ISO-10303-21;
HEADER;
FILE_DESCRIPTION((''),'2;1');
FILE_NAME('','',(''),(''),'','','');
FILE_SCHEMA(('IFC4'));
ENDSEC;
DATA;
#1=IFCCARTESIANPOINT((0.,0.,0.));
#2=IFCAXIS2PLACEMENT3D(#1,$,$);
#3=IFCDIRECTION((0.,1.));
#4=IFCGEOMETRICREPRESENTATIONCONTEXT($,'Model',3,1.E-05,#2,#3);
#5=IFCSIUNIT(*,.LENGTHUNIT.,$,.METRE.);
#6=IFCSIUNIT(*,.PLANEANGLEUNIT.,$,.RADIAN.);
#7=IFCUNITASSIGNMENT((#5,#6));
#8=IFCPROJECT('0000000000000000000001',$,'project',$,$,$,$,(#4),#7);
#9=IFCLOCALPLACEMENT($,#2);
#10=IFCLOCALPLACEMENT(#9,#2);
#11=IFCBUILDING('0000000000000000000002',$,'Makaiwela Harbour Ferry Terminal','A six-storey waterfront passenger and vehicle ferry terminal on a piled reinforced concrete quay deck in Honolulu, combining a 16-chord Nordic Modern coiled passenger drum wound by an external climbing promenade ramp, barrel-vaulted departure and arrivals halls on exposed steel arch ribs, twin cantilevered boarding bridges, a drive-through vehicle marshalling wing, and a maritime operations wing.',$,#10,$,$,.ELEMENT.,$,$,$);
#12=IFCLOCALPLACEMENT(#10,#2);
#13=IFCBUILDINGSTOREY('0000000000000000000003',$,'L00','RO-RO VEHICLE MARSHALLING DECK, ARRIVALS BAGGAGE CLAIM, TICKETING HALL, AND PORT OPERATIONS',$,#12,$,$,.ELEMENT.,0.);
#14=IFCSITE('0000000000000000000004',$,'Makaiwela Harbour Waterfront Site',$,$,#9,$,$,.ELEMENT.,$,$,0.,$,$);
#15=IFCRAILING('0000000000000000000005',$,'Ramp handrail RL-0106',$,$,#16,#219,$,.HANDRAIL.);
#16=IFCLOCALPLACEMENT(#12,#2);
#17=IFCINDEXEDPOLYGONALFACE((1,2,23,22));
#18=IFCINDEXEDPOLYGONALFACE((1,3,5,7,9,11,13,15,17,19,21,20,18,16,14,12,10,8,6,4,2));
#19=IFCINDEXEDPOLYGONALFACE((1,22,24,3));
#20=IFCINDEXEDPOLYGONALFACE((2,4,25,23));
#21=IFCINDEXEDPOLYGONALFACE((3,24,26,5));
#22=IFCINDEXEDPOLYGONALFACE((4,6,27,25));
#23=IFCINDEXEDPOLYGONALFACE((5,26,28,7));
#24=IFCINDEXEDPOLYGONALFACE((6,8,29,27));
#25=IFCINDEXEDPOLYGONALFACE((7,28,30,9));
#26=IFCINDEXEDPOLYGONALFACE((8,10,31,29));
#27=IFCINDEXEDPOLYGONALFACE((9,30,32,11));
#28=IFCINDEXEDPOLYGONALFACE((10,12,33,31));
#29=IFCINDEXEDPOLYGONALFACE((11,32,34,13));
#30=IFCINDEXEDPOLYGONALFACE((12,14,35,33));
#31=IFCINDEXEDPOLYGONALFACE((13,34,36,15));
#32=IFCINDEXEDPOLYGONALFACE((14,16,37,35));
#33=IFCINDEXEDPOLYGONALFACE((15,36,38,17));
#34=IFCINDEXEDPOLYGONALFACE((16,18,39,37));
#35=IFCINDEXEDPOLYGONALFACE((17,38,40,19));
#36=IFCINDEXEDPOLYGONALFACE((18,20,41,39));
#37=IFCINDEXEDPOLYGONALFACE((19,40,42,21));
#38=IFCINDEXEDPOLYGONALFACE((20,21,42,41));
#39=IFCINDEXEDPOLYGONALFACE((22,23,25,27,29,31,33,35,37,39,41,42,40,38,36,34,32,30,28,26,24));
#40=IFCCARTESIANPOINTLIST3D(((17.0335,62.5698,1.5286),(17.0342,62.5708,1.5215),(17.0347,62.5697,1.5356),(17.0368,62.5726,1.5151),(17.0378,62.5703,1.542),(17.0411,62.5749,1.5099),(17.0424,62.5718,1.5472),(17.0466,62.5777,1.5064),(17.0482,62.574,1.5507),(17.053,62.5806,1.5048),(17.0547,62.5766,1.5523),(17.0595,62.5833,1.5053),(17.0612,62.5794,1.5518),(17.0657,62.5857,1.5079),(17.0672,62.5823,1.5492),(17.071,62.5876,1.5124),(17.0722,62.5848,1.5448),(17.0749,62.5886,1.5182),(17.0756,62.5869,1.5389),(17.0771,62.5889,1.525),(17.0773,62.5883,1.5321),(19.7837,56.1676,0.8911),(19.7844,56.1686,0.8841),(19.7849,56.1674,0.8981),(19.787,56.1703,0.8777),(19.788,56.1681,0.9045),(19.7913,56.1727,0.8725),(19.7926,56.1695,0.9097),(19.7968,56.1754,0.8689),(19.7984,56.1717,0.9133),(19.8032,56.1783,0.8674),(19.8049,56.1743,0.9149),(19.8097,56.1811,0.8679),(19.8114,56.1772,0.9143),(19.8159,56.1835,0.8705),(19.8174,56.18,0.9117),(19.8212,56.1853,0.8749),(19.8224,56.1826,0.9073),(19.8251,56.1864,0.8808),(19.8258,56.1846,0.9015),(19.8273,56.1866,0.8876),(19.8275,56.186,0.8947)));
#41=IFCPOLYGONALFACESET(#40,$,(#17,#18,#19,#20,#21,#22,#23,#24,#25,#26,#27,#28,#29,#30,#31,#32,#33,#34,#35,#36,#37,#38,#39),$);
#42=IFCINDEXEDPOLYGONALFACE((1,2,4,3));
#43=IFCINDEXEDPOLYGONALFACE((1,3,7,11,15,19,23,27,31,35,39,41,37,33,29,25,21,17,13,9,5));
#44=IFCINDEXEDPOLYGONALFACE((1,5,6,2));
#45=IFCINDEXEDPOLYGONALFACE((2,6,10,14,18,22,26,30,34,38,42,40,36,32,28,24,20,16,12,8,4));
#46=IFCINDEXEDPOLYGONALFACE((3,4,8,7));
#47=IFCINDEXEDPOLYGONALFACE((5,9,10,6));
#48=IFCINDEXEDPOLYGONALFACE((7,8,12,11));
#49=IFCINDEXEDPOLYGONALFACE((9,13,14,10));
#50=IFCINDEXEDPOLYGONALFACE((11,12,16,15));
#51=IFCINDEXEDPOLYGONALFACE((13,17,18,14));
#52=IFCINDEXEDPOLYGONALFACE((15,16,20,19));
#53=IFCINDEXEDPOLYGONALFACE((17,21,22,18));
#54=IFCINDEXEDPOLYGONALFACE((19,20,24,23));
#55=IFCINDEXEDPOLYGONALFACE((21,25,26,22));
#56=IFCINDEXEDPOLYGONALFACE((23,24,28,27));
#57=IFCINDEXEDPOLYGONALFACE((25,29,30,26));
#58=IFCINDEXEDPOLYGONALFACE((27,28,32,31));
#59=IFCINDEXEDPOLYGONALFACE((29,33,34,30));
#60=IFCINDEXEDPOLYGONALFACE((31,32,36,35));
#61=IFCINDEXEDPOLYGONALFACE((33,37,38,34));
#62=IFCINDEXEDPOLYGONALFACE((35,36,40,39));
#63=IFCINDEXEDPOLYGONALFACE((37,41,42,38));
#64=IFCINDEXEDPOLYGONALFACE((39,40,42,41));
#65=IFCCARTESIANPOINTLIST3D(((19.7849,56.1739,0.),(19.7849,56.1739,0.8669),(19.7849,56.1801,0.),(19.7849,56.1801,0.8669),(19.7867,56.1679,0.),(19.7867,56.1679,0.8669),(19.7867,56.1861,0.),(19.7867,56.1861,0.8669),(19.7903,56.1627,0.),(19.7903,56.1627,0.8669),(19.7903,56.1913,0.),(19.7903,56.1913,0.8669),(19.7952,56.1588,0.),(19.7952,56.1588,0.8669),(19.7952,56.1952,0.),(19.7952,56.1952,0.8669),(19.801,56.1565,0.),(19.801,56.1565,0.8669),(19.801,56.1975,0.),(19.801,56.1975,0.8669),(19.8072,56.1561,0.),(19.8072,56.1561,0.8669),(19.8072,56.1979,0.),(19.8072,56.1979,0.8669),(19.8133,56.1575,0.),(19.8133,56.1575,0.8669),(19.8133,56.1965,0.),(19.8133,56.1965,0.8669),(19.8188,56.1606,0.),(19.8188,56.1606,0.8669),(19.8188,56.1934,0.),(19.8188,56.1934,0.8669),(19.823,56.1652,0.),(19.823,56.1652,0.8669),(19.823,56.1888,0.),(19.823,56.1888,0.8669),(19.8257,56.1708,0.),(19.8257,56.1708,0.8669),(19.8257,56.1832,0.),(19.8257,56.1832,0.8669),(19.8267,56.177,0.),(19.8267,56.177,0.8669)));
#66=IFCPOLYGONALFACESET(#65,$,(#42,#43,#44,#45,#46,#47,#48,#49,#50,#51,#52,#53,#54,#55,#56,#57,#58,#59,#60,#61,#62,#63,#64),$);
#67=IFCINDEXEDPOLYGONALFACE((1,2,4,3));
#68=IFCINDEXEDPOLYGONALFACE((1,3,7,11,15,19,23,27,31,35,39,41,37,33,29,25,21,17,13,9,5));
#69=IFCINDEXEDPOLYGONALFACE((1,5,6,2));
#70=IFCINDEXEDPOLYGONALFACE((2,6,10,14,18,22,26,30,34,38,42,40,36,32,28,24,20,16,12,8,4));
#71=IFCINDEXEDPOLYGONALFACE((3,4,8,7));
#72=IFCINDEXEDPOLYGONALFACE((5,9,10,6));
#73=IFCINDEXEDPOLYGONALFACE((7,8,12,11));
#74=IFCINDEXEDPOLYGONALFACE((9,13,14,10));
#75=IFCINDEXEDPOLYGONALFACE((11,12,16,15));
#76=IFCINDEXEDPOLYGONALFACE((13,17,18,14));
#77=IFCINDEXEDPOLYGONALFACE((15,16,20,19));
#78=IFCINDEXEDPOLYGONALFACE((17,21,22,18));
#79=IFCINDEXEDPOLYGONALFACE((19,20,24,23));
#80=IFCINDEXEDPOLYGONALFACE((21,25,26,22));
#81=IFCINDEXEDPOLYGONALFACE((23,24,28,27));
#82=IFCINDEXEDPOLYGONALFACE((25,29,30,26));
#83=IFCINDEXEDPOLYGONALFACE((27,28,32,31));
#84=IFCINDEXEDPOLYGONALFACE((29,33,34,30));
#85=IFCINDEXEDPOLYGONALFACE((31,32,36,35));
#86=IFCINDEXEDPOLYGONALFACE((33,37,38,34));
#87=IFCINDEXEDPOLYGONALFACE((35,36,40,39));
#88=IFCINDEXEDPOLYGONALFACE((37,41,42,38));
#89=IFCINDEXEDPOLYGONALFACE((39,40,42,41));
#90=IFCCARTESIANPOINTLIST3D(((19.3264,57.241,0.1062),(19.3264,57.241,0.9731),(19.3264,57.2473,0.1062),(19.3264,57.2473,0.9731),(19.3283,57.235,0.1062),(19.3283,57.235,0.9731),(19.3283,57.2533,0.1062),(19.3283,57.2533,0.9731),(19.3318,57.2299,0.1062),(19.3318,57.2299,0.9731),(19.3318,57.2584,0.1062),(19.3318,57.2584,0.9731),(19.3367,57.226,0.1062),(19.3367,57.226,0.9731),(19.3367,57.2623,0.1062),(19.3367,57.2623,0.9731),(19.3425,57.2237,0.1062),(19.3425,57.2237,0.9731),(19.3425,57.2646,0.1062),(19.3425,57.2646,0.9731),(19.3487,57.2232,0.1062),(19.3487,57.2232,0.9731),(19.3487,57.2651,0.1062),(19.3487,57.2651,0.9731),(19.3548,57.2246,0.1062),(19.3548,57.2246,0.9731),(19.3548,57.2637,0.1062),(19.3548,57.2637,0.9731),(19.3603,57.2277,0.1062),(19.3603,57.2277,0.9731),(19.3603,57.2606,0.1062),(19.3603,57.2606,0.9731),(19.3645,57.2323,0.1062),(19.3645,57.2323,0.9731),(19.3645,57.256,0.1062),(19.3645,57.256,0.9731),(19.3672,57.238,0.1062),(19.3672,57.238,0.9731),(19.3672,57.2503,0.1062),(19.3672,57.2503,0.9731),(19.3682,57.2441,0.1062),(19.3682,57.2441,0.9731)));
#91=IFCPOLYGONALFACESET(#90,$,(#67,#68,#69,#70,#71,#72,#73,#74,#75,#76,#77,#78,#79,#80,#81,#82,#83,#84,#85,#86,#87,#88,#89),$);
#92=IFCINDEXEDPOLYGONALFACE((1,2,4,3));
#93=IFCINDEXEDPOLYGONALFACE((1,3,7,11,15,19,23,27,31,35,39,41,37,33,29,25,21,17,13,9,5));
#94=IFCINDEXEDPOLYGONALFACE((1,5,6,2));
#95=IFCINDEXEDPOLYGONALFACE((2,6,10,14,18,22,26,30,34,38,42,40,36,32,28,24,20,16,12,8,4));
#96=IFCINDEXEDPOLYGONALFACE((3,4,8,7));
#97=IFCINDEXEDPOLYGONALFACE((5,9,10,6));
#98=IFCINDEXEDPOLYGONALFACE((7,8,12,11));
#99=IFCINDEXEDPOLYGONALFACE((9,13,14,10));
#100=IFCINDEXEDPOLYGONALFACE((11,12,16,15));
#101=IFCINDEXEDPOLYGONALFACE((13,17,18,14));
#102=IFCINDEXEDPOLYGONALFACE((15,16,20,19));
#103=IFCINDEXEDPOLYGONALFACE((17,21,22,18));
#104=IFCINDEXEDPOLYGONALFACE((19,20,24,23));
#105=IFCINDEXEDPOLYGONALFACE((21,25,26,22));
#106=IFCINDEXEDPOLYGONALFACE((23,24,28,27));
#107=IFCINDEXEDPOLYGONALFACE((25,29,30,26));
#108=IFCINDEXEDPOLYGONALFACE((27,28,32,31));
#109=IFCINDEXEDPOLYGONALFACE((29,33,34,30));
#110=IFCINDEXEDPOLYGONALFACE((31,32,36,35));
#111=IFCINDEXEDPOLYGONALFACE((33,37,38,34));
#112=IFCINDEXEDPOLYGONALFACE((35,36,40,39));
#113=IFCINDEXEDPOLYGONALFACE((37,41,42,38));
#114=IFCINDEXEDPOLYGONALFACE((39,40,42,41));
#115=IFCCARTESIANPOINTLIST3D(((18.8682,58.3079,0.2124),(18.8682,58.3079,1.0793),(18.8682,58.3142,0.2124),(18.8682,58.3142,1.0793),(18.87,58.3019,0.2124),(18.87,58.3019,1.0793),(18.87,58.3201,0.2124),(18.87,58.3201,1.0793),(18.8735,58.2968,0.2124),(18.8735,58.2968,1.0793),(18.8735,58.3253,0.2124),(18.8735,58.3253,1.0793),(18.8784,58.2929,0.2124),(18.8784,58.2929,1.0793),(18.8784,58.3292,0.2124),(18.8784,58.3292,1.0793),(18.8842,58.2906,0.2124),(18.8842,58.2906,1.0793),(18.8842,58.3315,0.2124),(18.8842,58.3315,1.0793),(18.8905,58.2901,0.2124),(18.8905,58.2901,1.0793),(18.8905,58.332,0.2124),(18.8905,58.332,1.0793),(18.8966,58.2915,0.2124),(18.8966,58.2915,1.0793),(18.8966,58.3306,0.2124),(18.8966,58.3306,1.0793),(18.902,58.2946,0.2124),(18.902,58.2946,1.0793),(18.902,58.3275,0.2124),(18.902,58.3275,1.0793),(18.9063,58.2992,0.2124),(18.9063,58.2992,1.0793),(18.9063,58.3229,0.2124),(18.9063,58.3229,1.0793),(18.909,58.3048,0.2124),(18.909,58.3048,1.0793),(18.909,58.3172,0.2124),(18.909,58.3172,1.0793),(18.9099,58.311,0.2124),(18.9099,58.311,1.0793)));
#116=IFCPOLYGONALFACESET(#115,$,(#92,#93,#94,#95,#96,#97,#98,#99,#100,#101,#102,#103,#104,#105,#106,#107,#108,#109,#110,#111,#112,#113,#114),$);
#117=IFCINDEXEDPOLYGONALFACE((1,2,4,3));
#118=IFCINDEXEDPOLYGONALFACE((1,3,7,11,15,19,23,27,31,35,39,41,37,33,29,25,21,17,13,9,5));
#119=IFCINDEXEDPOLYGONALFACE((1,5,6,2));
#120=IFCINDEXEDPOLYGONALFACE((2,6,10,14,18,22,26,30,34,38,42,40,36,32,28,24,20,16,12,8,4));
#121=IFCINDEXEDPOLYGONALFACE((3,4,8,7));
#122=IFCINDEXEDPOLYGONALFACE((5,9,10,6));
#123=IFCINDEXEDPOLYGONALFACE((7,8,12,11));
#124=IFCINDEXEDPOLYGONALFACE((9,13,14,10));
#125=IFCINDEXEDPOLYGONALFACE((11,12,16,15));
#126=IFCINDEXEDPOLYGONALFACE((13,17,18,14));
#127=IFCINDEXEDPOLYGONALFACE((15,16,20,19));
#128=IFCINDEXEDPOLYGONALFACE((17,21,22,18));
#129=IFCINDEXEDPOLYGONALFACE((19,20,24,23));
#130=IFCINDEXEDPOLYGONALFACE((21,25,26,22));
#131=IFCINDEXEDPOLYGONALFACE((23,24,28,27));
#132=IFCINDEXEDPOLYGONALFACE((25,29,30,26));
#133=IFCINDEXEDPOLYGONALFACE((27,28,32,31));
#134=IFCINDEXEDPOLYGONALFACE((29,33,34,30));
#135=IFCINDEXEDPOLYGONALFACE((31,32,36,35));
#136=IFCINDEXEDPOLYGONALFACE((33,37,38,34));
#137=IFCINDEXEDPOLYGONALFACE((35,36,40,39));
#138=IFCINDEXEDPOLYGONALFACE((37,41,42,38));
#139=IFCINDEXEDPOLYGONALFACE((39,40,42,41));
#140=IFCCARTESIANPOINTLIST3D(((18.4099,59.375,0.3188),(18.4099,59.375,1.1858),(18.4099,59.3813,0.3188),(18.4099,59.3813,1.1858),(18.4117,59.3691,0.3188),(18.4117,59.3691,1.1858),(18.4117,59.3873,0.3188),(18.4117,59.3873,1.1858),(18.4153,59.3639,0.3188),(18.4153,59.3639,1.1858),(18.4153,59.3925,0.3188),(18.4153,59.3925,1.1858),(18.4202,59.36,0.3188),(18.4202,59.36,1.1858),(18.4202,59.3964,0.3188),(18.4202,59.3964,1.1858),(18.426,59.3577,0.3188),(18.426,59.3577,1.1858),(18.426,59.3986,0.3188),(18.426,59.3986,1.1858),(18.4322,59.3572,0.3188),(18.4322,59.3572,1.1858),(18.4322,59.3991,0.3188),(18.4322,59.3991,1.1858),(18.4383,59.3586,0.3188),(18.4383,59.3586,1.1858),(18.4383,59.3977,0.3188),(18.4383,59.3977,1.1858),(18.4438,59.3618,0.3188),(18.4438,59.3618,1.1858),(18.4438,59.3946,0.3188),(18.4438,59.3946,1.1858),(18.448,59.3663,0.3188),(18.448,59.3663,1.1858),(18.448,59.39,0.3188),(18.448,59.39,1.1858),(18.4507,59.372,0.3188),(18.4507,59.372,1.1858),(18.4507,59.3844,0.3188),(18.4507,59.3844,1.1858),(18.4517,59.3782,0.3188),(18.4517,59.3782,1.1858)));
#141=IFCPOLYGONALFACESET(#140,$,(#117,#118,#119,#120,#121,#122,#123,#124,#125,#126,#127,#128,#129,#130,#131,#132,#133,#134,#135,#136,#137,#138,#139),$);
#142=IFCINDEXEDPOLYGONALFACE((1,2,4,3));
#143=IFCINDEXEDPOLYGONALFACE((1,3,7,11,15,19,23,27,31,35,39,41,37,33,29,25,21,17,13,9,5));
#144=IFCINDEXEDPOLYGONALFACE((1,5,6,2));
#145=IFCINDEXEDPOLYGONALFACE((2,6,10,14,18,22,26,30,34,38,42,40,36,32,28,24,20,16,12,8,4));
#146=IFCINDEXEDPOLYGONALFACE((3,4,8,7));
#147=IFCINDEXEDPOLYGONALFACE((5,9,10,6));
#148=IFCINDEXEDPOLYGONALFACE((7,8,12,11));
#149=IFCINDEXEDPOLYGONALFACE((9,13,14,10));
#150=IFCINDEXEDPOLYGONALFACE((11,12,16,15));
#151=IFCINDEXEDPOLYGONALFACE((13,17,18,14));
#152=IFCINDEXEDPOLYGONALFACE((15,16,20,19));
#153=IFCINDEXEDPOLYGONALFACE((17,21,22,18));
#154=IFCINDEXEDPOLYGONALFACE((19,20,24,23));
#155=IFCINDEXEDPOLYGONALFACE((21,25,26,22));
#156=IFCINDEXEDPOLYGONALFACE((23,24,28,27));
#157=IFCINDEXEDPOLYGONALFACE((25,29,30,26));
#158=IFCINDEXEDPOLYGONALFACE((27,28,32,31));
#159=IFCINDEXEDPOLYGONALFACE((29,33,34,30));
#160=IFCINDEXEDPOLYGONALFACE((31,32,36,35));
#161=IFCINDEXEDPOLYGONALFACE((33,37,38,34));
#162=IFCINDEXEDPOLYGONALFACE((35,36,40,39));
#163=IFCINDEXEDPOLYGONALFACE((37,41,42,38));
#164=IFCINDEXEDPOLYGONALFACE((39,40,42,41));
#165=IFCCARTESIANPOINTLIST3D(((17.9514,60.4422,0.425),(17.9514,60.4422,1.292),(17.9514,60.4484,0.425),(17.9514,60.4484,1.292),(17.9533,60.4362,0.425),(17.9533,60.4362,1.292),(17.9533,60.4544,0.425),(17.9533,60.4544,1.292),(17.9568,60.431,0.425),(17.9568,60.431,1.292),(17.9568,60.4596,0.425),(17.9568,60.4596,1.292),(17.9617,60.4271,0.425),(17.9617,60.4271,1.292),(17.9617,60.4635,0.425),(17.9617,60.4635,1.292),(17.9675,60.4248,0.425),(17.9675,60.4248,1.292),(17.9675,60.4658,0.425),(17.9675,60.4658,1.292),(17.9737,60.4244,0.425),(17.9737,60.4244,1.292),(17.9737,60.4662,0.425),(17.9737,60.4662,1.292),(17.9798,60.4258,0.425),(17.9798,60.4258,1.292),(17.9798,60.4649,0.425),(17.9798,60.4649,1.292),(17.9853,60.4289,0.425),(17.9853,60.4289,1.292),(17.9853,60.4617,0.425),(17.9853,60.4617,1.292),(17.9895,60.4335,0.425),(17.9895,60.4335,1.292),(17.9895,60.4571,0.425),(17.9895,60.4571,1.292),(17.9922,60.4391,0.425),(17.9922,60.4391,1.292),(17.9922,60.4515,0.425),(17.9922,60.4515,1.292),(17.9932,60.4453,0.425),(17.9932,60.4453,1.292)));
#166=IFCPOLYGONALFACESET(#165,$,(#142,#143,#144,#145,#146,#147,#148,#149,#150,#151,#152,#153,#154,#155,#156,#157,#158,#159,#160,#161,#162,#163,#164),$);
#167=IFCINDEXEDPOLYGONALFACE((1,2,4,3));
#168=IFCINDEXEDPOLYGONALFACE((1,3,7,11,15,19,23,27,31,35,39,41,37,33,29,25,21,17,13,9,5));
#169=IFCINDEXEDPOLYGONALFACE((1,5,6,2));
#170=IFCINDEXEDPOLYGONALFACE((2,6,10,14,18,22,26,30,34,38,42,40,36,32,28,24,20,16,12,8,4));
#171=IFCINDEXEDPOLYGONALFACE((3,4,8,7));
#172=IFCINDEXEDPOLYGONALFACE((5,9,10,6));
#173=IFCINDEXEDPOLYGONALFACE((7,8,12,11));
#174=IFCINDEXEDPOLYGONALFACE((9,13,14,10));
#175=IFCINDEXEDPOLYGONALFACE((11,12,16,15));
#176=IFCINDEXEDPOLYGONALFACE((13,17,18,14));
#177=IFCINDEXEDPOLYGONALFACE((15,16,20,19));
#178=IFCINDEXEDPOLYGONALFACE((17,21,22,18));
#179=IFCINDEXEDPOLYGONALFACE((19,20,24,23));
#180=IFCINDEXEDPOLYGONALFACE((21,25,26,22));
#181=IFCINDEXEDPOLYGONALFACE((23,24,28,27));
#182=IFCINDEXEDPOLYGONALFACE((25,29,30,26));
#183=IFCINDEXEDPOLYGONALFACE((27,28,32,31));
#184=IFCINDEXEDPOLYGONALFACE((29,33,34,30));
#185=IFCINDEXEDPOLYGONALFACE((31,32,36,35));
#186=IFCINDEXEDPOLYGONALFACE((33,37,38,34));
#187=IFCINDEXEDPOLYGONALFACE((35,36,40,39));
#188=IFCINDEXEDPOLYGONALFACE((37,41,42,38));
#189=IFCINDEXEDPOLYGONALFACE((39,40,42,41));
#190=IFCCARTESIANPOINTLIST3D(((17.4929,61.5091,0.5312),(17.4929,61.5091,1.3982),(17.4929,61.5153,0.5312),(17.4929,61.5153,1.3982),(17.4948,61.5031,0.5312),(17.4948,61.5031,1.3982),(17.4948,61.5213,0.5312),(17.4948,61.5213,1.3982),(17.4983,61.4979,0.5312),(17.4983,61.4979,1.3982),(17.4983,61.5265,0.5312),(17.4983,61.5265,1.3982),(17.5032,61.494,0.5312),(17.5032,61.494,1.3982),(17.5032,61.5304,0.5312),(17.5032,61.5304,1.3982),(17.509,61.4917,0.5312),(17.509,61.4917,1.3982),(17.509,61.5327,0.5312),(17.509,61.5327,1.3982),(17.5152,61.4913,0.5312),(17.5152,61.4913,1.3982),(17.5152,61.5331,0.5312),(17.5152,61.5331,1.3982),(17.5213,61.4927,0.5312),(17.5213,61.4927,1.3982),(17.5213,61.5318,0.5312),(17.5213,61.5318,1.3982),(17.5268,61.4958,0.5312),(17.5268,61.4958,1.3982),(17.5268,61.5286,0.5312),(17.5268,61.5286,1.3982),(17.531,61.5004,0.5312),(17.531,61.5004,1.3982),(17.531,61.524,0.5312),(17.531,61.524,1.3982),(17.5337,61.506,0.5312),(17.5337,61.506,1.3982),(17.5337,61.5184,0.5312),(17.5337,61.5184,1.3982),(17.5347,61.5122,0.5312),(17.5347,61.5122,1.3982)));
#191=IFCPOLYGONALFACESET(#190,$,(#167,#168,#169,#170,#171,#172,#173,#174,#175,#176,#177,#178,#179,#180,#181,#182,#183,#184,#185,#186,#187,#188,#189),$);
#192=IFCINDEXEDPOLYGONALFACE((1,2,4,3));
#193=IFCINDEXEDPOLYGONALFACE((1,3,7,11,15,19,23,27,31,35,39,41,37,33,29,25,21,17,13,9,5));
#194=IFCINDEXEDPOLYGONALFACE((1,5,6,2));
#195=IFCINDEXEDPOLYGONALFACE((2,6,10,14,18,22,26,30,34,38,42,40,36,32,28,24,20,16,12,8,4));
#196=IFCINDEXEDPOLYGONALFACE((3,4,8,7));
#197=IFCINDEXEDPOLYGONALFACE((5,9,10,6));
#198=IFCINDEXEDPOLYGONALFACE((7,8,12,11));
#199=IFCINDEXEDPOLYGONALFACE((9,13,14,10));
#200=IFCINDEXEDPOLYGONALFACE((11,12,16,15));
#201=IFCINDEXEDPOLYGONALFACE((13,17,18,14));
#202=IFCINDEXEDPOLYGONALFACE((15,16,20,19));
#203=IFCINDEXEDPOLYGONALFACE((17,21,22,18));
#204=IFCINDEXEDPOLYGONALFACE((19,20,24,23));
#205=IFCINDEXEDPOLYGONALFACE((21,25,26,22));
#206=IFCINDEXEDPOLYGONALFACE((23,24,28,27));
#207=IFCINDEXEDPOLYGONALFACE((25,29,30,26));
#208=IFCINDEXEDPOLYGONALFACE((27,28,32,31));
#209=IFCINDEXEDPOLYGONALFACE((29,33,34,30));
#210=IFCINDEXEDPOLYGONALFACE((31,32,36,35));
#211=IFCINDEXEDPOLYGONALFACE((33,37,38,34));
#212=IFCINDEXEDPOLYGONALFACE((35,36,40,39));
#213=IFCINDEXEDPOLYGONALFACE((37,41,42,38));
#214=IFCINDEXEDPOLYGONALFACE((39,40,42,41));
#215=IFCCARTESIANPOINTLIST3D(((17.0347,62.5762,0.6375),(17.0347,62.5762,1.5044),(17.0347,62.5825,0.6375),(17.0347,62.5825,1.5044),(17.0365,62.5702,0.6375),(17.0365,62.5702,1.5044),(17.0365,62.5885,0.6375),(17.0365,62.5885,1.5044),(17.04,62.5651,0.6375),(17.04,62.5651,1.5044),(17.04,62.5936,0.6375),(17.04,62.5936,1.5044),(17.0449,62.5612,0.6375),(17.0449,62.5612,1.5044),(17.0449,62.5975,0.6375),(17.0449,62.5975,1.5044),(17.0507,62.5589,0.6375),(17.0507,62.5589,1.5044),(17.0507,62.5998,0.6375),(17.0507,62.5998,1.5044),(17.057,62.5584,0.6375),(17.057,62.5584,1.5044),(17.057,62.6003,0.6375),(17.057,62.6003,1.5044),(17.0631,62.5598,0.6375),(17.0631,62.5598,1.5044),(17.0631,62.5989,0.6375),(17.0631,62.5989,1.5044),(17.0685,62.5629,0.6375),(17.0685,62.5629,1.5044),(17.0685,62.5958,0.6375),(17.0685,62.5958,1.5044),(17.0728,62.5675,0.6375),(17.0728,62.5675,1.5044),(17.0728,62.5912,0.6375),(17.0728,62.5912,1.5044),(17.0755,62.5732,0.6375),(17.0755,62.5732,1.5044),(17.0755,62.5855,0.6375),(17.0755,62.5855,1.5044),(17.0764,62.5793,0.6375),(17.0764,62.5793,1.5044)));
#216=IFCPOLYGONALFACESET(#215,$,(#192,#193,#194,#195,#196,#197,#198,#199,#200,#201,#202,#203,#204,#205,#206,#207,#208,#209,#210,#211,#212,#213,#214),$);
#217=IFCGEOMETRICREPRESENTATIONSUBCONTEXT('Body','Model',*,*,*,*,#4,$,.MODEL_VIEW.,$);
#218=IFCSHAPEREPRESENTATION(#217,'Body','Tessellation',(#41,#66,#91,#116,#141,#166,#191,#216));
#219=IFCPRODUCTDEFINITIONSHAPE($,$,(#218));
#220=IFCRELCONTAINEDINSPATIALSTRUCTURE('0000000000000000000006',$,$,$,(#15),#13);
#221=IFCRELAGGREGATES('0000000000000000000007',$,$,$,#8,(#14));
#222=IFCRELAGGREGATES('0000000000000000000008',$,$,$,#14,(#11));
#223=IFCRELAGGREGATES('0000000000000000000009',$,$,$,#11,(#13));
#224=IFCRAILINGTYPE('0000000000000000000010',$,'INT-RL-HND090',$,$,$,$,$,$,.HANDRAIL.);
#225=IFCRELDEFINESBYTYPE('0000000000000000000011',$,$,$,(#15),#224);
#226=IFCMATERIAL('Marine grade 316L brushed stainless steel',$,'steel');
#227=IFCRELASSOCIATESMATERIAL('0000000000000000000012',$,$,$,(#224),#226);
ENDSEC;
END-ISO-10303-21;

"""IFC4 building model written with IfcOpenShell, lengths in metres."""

from ifc_helpers import new_model, si_unit, direction, frame, origin, origin_2d, place, context, subcontext, project, spatial, circle, extrude, material, type_object, element, save


model = new_model("IFC4")

# Units and contexts
model_context = context("Model", 3, precision=1e-05, world=origin(), true_north=direction((0.0, 1.0)))
body_context = subcontext(model_context, "Body", "Model", "MODEL_VIEW")
ifc_project = project(units=[si_unit("LENGTHUNIT", "METRE"), si_unit("PLANEANGLEUNIT", "RADIAN")], contexts=[model_context])

# Site, building, storey
site_placement = place(None, origin())
site = spatial("IfcSite", under=ifc_project, at=site_placement, Name="Makaiwela Harbour Waterfront Site", CompositionType="ELEMENT", RefElevation=0.0)
building_placement = place(site_placement, origin())
building = spatial("IfcBuilding", under=site, at=building_placement, Name="Makaiwela Harbour Ferry Terminal", Description="A six-storey waterfront passenger and vehicle ferry terminal on a piled reinforced concrete quay deck in Honolulu, combining a 16-chord Nordic Modern coiled passenger drum wound by an external climbing promenade ramp, barrel-vaulted departure and arrivals halls on exposed steel arch ribs, twin cantilevered boarding bridges, a drive-through vehicle marshalling wing, and a maritime operations wing.", CompositionType="ELEMENT")
storey_placement = place(building_placement, origin())
storey = spatial("IfcBuildingStorey", under=building, at=storey_placement, Name="L00", Description="RO-RO VEHICLE MARSHALLING DECK, ARRIVALS BAGGAGE CLAIM, TICKETING HALL, AND PORT OPERATIONS", CompositionType="ELEMENT", Elevation=0.0)

# Railing
ifc_material_1 = material(Name="Marine grade 316L brushed stainless steel", Category="steel")
railing_type_1 = type_object("IfcRailingType", Name="INT-RL-HND090", PredefinedType="HANDRAIL", material=ifc_material_1)
railing_1_placement = place(storey_placement, frame((19.8057, 56.177, 0.0)))
element("IfcRailing", 1, at=railing_1_placement, inside=storey, type_object=railing_type_1, Name="Ramp handrail RL-0106", PredefinedType="HANDRAIL", context=body_context, shape_type="SweptSolid", body=[
    extrude(circle(Radius=0.0239, at=origin_2d()), frame((0.0, 0.0, 0.8911), z_axis=(-0.393052, 0.914992, 0.091101), x_axis=(-0.918813, -0.394693, 0.0)), (0.0, 0.0, 1.0), 6.9971),
    extrude(circle(Radius=0.021, at=origin_2d()), origin(), (0.0, 0.0, 1.0), 0.8669),
    extrude(circle(Radius=0.021, at=origin_2d()), frame((-0.4585, 1.0671, 0.1062)), (0.0, 0.0, 1.0), 0.8669),
    extrude(circle(Radius=0.021, at=origin_2d()), frame((-0.9167, 2.134, 0.2124)), (0.0, 0.0, 1.0), 0.8669),
    extrude(circle(Radius=0.021, at=origin_2d()), frame((-1.375, 3.2012, 0.3188)), (0.0, 0.0, 1.0), 0.8669),
    extrude(circle(Radius=0.021, at=origin_2d()), frame((-1.8335, 4.2683, 0.425)), (0.0, 0.0, 1.0), 0.8669),
    extrude(circle(Radius=0.021, at=origin_2d()), frame((-2.292, 5.3352, 0.5312)), (0.0, 0.0, 1.0), 0.8669),
    extrude(circle(Radius=0.021, at=origin_2d()), frame((-2.7502, 6.4023, 0.6375)), (0.0, 0.0, 1.0), 0.8669),
])

save(model, "model.ifc")
